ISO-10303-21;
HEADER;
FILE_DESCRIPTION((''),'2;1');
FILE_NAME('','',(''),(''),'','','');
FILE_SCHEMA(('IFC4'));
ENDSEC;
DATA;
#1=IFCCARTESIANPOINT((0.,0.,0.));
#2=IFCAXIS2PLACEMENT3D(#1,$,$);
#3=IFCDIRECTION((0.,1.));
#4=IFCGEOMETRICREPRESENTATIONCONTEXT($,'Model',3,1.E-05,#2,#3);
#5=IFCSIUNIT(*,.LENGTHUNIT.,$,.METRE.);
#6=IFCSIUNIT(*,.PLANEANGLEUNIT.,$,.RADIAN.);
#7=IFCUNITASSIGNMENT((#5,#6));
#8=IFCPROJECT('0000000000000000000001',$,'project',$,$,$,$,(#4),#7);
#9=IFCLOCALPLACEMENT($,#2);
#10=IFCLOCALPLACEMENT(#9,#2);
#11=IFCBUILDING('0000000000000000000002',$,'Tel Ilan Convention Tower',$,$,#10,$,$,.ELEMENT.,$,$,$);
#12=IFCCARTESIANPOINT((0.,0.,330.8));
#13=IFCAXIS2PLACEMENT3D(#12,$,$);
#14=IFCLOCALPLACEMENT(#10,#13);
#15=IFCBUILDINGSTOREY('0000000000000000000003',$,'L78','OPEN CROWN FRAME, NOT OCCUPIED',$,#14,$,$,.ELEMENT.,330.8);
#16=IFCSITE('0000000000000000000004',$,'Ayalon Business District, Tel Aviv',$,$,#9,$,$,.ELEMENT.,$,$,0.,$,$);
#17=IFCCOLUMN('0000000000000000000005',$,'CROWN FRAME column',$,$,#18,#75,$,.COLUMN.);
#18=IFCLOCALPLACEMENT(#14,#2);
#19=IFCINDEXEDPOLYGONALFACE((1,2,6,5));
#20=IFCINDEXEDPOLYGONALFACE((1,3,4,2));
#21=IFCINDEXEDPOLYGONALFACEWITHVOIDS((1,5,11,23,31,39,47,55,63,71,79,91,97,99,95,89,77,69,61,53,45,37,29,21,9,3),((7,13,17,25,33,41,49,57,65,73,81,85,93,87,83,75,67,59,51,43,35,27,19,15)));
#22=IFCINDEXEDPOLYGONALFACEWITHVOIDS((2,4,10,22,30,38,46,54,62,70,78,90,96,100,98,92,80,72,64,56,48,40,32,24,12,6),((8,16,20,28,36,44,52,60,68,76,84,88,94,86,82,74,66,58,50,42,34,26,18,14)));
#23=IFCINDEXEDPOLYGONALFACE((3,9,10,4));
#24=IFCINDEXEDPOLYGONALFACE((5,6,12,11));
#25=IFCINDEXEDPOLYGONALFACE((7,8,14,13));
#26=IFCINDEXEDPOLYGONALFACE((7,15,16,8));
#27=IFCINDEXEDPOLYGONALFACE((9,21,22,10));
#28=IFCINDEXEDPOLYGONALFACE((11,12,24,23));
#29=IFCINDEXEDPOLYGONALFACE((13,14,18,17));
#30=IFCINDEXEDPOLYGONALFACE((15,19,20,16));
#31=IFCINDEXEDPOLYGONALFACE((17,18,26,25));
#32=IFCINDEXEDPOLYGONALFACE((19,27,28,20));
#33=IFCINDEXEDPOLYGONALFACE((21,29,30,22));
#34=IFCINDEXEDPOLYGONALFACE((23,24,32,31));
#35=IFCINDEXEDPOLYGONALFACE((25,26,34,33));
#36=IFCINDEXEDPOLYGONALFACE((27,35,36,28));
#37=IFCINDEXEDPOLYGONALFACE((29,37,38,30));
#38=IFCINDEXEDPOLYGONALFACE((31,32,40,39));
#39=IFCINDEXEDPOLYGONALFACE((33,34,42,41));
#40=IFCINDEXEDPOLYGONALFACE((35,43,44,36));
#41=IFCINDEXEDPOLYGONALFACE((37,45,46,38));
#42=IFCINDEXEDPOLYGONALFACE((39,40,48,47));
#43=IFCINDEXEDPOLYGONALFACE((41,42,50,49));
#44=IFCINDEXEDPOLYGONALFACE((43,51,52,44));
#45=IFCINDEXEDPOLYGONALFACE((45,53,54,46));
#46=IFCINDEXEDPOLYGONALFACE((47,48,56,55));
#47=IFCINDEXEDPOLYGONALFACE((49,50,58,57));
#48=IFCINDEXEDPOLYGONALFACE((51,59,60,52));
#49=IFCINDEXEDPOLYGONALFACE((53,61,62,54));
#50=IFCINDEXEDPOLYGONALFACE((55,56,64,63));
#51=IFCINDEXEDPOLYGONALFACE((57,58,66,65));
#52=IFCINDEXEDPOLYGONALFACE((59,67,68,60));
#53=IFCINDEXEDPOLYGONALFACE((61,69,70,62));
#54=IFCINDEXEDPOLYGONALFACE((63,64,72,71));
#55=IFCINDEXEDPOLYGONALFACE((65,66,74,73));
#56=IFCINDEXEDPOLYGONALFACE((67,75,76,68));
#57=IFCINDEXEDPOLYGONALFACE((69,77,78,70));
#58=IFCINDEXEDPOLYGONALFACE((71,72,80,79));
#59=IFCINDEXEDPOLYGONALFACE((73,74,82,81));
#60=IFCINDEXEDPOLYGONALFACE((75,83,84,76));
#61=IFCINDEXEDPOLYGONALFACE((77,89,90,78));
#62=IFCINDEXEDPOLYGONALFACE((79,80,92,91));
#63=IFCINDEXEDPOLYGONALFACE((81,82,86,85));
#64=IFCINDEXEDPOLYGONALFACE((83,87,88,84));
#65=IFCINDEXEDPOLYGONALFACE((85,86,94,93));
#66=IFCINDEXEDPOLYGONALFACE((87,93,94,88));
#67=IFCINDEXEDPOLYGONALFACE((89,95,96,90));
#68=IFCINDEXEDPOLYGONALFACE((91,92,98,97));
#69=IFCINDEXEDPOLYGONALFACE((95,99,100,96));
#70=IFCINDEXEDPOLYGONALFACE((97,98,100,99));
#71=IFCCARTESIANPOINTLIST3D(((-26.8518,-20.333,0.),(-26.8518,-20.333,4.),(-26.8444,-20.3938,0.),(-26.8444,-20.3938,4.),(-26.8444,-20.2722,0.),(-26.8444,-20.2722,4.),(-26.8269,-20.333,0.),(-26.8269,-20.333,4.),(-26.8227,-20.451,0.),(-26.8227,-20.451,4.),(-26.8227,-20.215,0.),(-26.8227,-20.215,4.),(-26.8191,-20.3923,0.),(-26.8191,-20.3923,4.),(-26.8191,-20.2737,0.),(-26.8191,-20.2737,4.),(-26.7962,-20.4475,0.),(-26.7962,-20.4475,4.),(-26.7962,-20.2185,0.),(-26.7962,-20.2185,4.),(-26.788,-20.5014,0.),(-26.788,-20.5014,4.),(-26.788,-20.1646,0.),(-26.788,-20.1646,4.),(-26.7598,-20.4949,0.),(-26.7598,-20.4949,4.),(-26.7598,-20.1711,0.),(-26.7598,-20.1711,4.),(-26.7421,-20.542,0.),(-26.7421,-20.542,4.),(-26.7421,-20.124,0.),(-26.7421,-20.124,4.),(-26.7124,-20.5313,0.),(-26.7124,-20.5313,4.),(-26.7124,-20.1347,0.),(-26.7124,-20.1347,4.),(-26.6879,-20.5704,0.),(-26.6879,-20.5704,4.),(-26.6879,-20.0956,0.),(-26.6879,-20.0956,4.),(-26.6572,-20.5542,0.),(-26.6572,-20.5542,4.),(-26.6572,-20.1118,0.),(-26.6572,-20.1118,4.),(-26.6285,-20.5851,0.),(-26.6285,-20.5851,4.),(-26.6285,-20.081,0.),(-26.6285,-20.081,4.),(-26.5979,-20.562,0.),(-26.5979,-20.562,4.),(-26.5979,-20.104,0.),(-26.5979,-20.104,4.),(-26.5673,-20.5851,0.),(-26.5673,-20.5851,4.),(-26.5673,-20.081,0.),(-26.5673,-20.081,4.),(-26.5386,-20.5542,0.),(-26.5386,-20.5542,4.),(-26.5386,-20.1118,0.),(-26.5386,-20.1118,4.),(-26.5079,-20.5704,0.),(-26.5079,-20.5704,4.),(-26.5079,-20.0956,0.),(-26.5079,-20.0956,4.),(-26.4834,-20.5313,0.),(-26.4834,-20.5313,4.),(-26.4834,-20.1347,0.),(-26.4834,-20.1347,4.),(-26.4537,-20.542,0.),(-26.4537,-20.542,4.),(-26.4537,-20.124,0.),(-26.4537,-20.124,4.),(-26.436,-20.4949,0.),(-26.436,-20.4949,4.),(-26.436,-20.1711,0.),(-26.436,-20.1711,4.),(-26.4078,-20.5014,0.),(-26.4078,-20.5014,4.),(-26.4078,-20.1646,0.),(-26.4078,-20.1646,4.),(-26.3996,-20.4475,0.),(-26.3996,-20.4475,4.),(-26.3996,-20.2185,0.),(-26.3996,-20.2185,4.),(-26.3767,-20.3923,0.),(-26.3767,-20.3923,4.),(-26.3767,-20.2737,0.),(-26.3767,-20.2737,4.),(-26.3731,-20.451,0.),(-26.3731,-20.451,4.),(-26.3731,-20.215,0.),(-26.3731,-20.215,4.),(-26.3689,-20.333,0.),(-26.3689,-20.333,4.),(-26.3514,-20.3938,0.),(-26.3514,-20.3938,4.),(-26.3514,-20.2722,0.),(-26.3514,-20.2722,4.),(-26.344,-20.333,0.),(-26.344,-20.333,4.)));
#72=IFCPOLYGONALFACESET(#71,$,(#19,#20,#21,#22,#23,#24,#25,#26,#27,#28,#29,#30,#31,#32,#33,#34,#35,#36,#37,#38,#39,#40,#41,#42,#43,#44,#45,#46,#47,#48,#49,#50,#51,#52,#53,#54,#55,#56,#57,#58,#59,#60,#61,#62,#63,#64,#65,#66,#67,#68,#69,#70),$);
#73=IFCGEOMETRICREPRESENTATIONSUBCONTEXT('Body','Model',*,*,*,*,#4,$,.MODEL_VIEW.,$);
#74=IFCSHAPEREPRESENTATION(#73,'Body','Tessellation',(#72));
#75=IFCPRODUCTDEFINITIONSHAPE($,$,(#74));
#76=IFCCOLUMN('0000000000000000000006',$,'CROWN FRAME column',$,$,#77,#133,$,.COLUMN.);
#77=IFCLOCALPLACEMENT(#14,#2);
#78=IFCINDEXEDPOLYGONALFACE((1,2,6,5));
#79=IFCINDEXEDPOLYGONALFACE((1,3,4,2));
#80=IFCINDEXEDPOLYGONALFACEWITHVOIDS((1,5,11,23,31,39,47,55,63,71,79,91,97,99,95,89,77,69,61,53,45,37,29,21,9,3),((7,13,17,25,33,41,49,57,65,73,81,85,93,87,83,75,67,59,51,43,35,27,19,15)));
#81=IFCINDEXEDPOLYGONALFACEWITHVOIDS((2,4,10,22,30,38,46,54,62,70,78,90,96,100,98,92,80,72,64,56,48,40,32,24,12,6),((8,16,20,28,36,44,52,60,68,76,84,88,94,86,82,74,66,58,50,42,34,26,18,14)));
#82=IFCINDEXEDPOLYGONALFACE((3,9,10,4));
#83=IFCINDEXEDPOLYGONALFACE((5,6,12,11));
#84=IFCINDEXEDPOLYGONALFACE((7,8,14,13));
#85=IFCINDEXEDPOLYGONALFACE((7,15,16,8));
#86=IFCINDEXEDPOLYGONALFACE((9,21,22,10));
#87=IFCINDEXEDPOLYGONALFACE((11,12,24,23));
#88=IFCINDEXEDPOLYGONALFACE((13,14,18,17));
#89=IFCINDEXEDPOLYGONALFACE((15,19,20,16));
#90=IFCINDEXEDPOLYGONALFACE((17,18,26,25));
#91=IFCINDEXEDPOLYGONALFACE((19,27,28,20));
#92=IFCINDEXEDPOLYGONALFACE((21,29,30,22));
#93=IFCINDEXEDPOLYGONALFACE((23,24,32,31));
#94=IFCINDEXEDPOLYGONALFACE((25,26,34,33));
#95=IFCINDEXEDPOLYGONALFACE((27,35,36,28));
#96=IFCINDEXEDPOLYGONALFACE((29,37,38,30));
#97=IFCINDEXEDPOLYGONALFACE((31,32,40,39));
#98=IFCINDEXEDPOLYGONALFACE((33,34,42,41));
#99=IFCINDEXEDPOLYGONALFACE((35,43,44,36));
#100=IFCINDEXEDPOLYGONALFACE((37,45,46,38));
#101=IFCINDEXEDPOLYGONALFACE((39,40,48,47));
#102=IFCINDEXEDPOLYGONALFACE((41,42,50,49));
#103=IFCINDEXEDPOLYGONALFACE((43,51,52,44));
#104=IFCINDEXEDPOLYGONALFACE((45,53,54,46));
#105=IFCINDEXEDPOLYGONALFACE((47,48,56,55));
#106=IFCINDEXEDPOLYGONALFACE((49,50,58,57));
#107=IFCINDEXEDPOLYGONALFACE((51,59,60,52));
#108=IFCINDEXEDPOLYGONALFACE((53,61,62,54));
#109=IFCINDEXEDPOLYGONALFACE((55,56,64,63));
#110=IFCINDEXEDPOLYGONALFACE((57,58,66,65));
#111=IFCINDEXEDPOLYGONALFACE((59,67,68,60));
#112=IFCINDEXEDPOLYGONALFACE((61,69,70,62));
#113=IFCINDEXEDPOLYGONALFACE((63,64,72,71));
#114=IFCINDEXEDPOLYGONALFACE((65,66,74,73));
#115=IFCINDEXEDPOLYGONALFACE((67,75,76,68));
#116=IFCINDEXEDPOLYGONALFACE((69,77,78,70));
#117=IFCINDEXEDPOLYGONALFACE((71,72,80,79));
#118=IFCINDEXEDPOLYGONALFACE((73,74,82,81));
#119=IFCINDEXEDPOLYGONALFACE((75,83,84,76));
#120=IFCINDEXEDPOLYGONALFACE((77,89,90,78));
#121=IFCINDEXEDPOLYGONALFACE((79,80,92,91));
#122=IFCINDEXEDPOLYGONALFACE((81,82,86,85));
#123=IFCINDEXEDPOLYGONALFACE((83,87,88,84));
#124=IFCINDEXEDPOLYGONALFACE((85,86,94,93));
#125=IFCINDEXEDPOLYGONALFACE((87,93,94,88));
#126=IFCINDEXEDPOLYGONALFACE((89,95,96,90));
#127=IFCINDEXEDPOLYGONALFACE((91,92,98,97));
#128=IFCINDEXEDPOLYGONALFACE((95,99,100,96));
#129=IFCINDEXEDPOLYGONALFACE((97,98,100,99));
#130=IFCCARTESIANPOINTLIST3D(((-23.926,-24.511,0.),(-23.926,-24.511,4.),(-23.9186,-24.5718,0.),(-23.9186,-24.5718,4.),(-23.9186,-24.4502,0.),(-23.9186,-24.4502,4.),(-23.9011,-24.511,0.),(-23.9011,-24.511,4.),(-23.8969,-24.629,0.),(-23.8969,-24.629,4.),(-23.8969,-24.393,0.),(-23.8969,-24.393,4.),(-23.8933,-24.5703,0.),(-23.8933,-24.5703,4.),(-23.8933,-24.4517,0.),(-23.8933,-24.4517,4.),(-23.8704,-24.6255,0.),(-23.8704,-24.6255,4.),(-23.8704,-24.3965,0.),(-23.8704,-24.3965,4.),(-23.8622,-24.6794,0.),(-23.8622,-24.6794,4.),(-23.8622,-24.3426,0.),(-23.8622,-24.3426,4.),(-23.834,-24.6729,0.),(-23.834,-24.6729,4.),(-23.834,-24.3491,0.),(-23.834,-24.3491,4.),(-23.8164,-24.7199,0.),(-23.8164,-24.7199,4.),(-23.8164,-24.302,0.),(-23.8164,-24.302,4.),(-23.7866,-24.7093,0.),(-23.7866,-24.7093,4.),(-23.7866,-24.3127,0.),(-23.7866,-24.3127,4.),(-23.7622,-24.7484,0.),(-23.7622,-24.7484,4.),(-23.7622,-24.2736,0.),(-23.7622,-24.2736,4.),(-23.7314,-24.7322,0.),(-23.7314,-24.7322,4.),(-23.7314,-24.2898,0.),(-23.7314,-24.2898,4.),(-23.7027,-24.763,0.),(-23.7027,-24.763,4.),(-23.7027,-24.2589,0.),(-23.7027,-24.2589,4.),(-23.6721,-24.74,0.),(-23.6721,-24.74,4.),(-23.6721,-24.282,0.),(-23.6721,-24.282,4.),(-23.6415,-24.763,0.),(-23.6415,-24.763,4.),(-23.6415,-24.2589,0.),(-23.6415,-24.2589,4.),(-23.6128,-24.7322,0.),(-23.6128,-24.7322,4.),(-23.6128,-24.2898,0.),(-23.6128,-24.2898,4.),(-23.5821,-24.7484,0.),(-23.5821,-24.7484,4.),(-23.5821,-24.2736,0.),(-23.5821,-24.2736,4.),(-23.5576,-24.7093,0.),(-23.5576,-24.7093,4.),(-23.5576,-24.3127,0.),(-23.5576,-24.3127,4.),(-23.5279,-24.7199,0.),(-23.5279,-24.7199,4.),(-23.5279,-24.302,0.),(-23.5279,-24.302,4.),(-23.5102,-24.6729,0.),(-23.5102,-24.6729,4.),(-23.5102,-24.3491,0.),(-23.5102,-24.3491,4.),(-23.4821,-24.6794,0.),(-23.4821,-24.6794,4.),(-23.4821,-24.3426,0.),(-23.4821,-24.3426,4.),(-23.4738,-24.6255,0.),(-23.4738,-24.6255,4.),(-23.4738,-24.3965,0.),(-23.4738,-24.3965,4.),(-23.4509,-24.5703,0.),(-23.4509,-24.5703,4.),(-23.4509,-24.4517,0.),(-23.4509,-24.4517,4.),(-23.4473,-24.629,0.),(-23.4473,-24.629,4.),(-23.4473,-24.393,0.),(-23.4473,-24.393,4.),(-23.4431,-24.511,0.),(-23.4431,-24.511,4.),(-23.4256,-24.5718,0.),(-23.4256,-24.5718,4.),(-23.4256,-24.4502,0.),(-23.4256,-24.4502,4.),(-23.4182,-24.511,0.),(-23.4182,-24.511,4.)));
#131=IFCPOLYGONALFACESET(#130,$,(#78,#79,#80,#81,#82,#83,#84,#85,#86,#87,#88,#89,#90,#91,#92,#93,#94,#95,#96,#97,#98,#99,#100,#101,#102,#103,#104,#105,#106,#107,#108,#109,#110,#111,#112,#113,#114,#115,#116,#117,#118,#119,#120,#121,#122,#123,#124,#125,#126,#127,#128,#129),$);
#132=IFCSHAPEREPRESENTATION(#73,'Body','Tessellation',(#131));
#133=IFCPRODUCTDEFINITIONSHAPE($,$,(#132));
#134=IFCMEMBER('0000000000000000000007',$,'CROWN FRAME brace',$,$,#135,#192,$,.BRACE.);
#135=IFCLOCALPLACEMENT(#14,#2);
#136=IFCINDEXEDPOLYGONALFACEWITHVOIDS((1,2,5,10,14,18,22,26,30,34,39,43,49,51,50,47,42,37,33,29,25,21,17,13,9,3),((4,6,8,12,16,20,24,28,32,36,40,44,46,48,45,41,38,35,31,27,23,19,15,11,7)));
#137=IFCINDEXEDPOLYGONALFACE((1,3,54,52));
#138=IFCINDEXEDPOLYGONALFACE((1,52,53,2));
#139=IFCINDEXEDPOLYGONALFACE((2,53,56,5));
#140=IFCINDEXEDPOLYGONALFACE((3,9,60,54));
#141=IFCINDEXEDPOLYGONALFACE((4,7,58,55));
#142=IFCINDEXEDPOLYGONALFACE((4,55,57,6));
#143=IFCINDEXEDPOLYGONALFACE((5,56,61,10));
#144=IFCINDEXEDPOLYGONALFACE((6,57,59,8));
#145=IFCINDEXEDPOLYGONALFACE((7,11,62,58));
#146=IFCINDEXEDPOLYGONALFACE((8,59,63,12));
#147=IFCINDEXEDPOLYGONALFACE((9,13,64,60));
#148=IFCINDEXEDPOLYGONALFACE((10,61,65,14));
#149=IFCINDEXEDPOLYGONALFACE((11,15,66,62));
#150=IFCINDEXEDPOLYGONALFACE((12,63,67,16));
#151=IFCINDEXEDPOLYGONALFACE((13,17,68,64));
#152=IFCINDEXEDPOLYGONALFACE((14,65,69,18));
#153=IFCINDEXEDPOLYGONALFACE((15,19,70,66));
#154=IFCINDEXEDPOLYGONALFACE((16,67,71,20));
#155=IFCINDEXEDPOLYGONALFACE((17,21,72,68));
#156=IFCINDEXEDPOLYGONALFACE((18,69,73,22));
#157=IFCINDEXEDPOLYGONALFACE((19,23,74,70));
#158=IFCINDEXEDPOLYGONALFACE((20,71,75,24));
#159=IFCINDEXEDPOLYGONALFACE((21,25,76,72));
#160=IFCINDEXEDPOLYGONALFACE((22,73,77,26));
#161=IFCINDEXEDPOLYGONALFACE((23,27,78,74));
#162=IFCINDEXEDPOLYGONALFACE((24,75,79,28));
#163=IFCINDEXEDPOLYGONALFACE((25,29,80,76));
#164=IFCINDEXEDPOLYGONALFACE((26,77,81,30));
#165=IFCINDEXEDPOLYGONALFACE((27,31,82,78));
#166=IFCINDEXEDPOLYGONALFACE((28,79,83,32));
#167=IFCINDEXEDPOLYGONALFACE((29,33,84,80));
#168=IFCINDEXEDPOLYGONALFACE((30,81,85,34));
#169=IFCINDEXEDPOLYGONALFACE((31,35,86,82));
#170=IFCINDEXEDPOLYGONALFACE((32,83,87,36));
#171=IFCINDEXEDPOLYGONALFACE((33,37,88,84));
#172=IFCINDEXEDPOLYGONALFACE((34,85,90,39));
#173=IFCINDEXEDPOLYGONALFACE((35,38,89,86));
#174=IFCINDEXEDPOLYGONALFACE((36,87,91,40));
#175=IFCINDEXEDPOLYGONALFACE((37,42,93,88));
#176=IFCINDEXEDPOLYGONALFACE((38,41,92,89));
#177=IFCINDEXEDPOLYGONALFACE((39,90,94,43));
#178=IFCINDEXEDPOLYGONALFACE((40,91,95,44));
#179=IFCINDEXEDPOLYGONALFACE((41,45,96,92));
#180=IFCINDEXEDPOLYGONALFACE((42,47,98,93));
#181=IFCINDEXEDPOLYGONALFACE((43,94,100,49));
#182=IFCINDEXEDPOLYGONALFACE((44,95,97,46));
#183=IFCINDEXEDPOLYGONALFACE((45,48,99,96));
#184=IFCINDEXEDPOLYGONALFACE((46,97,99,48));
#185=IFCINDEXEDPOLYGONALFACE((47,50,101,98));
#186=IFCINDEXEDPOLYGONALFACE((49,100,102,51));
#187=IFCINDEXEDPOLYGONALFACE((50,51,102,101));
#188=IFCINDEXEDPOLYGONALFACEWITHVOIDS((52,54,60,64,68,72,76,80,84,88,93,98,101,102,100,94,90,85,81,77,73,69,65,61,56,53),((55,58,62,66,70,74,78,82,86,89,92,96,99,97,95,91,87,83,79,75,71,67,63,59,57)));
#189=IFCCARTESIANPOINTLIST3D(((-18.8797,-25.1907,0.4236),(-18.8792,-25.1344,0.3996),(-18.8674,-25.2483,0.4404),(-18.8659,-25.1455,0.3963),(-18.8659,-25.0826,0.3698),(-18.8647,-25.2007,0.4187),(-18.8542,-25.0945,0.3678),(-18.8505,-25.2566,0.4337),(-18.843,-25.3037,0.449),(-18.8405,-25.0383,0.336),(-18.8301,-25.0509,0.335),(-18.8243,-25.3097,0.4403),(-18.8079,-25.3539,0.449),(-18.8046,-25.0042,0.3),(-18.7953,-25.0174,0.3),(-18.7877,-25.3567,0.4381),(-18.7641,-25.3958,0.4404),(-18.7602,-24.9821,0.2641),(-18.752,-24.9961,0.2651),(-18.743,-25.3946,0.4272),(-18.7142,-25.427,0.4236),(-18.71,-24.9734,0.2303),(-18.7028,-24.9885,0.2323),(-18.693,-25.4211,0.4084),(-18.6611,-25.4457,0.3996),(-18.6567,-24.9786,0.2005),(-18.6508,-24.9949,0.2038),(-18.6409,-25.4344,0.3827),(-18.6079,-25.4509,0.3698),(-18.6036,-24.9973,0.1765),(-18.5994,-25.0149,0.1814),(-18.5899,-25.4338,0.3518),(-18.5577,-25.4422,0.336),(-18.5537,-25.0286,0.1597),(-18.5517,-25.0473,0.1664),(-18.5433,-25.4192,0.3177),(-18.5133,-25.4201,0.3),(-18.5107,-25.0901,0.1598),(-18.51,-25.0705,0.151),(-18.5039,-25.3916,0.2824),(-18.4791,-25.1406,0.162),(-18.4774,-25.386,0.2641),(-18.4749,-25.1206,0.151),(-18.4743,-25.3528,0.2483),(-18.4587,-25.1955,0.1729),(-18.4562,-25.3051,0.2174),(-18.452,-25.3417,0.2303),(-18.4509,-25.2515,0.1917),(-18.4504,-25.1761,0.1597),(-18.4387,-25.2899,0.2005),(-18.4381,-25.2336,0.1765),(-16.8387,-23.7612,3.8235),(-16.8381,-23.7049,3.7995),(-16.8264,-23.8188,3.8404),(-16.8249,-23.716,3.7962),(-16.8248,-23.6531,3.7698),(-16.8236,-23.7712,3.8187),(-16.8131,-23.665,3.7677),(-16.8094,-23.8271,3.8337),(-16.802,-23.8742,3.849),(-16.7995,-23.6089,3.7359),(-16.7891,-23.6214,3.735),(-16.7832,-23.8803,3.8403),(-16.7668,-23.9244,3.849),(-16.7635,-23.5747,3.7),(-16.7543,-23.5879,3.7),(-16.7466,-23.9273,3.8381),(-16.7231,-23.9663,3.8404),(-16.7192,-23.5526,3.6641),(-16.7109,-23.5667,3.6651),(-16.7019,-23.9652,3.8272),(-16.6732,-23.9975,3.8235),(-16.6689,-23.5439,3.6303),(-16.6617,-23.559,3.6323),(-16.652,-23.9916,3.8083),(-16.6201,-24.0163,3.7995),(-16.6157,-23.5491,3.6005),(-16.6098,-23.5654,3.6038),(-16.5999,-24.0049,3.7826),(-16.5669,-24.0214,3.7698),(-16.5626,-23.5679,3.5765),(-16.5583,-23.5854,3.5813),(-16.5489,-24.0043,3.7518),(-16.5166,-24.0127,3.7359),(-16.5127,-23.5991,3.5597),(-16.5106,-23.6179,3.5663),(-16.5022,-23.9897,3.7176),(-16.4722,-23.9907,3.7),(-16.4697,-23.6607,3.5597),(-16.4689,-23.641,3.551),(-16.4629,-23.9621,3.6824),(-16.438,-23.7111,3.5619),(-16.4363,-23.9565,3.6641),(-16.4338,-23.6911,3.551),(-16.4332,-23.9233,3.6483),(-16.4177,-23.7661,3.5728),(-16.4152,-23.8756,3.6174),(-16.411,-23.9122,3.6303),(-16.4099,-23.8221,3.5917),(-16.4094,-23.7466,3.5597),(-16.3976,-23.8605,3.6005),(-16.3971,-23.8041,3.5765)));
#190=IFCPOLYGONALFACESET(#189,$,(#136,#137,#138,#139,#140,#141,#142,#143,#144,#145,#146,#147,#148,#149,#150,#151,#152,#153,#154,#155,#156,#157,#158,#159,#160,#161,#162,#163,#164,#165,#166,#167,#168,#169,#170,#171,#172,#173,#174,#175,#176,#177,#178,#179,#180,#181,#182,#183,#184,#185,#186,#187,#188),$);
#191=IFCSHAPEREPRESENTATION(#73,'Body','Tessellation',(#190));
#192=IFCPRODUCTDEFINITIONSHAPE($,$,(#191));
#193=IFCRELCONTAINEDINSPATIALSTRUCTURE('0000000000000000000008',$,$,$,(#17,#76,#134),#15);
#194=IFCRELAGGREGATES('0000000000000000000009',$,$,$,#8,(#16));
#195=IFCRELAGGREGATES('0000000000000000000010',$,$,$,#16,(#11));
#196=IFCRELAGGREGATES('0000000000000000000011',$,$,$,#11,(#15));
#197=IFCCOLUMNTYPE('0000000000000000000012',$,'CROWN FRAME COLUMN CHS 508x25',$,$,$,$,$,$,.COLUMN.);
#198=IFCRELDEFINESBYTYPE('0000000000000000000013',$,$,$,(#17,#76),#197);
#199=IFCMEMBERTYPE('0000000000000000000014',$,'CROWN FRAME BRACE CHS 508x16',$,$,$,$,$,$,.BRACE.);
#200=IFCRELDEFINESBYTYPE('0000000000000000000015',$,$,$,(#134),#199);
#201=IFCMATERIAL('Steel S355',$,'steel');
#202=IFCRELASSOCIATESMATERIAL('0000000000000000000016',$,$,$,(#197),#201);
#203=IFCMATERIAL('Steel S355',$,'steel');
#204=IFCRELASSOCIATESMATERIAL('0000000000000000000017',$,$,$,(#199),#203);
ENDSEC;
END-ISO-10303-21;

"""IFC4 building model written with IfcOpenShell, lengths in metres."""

from ifc_helpers import new_model, si_unit, direction, frame, origin, origin_2d, place, context, subcontext, project, spatial, hollow_circle, extrude, material, material_profile, profile_set, type_object, element, save


model = new_model("IFC4")

# Units and contexts
model_context = context("Model", 3, precision=1e-05, world=origin(), true_north=direction((0.0, 1.0)))
body_context = subcontext(model_context, "Body", "Model", "MODEL_VIEW")
ifc_project = project(units=[si_unit("LENGTHUNIT", "METRE"), si_unit("PLANEANGLEUNIT", "RADIAN")], contexts=[model_context])

# Site, building, storey
site_placement = place(None, origin())
site = spatial("IfcSite", under=ifc_project, at=site_placement, Name="Ayalon Business District, Tel Aviv", CompositionType="ELEMENT", RefElevation=0.0)
building_placement = place(site_placement, origin())
building = spatial("IfcBuilding", under=site, at=building_placement, Name="Tel Ilan Convention Tower", CompositionType="ELEMENT")
storey_placement = place(building_placement, frame((0.0, 0.0, 330.8)))
storey = spatial("IfcBuildingStorey", under=building, at=storey_placement, Name="L78", Description="OPEN CROWN FRAME, NOT OCCUPIED", CompositionType="ELEMENT", Elevation=330.8)

# Columns
ifc_material_1 = material(Name="Steel S355", Category="steel")
ifc_material_profile_1 = material_profile(ifc_material_1, hollow_circle(Radius=0.2539, WallThickness=0.0249, at=origin_2d()), Name="CHS 508x25")
ifc_profile_set_1 = profile_set([ifc_material_profile_1], Name="Steel S355")
column_type = type_object("IfcColumnType", Name="CROWN FRAME COLUMN CHS 508x25", PredefinedType="COLUMN", material=ifc_profile_set_1)
for number, where, z_axis, x_axis, name in (
    (1, (-26.5979, -20.333, 0.0), (0.0, 0.0, 1.0), (1.0, 0.0, 0.0), "CROWN FRAME column"),
    (2, (-23.6721, -24.511, 0.0), (0.0, 0.0, 1.0), (1.0, 0.0, 0.0), "CROWN FRAME column"),
):
    element("IfcColumn", number, at=place(storey_placement, frame(where, z_axis=z_axis, x_axis=x_axis)), inside=storey, type_object=column_type, Name=name, PredefinedType="COLUMN", context=body_context, shape_type="SweptSolid", body=[
        extrude(hollow_circle(Radius=0.2539, WallThickness=0.0249, at=origin_2d()), origin(), (0.0, 0.0, 1.0), 4.0),
    ])

# Member
ifc_material_2 = material(Name="Steel S355", Category="steel")
ifc_material_profile_2 = material_profile(ifc_material_2, hollow_circle(Radius=0.2539, WallThickness=0.0161, at=origin_2d()), Name="CHS 508x16")
ifc_profile_set_2 = profile_set([ifc_material_profile_2], Name="Steel S355")
member_type = type_object("IfcMemberType", Name="CROWN FRAME BRACE CHS 508x16", PredefinedType="BRACE", material=ifc_profile_set_2)
member_1_placement = place(storey_placement, frame((-18.6589, -25.2122, 0.3), z_axis=(0.484197, 0.339112, 0.806571), x_axis=(-0.57366, 0.819094, 0.0)))
element("IfcMember", 3, at=member_1_placement, inside=storey, type_object=member_type, Name="CROWN FRAME brace", PredefinedType="BRACE", context=body_context, shape_type="SweptSolid", body=[
    extrude(hollow_circle(Radius=0.2539, WallThickness=0.0161, at=origin_2d()), origin(), (0.0, 0.0, 1.0), 4.2153),
])

save(model, "model.ifc")
